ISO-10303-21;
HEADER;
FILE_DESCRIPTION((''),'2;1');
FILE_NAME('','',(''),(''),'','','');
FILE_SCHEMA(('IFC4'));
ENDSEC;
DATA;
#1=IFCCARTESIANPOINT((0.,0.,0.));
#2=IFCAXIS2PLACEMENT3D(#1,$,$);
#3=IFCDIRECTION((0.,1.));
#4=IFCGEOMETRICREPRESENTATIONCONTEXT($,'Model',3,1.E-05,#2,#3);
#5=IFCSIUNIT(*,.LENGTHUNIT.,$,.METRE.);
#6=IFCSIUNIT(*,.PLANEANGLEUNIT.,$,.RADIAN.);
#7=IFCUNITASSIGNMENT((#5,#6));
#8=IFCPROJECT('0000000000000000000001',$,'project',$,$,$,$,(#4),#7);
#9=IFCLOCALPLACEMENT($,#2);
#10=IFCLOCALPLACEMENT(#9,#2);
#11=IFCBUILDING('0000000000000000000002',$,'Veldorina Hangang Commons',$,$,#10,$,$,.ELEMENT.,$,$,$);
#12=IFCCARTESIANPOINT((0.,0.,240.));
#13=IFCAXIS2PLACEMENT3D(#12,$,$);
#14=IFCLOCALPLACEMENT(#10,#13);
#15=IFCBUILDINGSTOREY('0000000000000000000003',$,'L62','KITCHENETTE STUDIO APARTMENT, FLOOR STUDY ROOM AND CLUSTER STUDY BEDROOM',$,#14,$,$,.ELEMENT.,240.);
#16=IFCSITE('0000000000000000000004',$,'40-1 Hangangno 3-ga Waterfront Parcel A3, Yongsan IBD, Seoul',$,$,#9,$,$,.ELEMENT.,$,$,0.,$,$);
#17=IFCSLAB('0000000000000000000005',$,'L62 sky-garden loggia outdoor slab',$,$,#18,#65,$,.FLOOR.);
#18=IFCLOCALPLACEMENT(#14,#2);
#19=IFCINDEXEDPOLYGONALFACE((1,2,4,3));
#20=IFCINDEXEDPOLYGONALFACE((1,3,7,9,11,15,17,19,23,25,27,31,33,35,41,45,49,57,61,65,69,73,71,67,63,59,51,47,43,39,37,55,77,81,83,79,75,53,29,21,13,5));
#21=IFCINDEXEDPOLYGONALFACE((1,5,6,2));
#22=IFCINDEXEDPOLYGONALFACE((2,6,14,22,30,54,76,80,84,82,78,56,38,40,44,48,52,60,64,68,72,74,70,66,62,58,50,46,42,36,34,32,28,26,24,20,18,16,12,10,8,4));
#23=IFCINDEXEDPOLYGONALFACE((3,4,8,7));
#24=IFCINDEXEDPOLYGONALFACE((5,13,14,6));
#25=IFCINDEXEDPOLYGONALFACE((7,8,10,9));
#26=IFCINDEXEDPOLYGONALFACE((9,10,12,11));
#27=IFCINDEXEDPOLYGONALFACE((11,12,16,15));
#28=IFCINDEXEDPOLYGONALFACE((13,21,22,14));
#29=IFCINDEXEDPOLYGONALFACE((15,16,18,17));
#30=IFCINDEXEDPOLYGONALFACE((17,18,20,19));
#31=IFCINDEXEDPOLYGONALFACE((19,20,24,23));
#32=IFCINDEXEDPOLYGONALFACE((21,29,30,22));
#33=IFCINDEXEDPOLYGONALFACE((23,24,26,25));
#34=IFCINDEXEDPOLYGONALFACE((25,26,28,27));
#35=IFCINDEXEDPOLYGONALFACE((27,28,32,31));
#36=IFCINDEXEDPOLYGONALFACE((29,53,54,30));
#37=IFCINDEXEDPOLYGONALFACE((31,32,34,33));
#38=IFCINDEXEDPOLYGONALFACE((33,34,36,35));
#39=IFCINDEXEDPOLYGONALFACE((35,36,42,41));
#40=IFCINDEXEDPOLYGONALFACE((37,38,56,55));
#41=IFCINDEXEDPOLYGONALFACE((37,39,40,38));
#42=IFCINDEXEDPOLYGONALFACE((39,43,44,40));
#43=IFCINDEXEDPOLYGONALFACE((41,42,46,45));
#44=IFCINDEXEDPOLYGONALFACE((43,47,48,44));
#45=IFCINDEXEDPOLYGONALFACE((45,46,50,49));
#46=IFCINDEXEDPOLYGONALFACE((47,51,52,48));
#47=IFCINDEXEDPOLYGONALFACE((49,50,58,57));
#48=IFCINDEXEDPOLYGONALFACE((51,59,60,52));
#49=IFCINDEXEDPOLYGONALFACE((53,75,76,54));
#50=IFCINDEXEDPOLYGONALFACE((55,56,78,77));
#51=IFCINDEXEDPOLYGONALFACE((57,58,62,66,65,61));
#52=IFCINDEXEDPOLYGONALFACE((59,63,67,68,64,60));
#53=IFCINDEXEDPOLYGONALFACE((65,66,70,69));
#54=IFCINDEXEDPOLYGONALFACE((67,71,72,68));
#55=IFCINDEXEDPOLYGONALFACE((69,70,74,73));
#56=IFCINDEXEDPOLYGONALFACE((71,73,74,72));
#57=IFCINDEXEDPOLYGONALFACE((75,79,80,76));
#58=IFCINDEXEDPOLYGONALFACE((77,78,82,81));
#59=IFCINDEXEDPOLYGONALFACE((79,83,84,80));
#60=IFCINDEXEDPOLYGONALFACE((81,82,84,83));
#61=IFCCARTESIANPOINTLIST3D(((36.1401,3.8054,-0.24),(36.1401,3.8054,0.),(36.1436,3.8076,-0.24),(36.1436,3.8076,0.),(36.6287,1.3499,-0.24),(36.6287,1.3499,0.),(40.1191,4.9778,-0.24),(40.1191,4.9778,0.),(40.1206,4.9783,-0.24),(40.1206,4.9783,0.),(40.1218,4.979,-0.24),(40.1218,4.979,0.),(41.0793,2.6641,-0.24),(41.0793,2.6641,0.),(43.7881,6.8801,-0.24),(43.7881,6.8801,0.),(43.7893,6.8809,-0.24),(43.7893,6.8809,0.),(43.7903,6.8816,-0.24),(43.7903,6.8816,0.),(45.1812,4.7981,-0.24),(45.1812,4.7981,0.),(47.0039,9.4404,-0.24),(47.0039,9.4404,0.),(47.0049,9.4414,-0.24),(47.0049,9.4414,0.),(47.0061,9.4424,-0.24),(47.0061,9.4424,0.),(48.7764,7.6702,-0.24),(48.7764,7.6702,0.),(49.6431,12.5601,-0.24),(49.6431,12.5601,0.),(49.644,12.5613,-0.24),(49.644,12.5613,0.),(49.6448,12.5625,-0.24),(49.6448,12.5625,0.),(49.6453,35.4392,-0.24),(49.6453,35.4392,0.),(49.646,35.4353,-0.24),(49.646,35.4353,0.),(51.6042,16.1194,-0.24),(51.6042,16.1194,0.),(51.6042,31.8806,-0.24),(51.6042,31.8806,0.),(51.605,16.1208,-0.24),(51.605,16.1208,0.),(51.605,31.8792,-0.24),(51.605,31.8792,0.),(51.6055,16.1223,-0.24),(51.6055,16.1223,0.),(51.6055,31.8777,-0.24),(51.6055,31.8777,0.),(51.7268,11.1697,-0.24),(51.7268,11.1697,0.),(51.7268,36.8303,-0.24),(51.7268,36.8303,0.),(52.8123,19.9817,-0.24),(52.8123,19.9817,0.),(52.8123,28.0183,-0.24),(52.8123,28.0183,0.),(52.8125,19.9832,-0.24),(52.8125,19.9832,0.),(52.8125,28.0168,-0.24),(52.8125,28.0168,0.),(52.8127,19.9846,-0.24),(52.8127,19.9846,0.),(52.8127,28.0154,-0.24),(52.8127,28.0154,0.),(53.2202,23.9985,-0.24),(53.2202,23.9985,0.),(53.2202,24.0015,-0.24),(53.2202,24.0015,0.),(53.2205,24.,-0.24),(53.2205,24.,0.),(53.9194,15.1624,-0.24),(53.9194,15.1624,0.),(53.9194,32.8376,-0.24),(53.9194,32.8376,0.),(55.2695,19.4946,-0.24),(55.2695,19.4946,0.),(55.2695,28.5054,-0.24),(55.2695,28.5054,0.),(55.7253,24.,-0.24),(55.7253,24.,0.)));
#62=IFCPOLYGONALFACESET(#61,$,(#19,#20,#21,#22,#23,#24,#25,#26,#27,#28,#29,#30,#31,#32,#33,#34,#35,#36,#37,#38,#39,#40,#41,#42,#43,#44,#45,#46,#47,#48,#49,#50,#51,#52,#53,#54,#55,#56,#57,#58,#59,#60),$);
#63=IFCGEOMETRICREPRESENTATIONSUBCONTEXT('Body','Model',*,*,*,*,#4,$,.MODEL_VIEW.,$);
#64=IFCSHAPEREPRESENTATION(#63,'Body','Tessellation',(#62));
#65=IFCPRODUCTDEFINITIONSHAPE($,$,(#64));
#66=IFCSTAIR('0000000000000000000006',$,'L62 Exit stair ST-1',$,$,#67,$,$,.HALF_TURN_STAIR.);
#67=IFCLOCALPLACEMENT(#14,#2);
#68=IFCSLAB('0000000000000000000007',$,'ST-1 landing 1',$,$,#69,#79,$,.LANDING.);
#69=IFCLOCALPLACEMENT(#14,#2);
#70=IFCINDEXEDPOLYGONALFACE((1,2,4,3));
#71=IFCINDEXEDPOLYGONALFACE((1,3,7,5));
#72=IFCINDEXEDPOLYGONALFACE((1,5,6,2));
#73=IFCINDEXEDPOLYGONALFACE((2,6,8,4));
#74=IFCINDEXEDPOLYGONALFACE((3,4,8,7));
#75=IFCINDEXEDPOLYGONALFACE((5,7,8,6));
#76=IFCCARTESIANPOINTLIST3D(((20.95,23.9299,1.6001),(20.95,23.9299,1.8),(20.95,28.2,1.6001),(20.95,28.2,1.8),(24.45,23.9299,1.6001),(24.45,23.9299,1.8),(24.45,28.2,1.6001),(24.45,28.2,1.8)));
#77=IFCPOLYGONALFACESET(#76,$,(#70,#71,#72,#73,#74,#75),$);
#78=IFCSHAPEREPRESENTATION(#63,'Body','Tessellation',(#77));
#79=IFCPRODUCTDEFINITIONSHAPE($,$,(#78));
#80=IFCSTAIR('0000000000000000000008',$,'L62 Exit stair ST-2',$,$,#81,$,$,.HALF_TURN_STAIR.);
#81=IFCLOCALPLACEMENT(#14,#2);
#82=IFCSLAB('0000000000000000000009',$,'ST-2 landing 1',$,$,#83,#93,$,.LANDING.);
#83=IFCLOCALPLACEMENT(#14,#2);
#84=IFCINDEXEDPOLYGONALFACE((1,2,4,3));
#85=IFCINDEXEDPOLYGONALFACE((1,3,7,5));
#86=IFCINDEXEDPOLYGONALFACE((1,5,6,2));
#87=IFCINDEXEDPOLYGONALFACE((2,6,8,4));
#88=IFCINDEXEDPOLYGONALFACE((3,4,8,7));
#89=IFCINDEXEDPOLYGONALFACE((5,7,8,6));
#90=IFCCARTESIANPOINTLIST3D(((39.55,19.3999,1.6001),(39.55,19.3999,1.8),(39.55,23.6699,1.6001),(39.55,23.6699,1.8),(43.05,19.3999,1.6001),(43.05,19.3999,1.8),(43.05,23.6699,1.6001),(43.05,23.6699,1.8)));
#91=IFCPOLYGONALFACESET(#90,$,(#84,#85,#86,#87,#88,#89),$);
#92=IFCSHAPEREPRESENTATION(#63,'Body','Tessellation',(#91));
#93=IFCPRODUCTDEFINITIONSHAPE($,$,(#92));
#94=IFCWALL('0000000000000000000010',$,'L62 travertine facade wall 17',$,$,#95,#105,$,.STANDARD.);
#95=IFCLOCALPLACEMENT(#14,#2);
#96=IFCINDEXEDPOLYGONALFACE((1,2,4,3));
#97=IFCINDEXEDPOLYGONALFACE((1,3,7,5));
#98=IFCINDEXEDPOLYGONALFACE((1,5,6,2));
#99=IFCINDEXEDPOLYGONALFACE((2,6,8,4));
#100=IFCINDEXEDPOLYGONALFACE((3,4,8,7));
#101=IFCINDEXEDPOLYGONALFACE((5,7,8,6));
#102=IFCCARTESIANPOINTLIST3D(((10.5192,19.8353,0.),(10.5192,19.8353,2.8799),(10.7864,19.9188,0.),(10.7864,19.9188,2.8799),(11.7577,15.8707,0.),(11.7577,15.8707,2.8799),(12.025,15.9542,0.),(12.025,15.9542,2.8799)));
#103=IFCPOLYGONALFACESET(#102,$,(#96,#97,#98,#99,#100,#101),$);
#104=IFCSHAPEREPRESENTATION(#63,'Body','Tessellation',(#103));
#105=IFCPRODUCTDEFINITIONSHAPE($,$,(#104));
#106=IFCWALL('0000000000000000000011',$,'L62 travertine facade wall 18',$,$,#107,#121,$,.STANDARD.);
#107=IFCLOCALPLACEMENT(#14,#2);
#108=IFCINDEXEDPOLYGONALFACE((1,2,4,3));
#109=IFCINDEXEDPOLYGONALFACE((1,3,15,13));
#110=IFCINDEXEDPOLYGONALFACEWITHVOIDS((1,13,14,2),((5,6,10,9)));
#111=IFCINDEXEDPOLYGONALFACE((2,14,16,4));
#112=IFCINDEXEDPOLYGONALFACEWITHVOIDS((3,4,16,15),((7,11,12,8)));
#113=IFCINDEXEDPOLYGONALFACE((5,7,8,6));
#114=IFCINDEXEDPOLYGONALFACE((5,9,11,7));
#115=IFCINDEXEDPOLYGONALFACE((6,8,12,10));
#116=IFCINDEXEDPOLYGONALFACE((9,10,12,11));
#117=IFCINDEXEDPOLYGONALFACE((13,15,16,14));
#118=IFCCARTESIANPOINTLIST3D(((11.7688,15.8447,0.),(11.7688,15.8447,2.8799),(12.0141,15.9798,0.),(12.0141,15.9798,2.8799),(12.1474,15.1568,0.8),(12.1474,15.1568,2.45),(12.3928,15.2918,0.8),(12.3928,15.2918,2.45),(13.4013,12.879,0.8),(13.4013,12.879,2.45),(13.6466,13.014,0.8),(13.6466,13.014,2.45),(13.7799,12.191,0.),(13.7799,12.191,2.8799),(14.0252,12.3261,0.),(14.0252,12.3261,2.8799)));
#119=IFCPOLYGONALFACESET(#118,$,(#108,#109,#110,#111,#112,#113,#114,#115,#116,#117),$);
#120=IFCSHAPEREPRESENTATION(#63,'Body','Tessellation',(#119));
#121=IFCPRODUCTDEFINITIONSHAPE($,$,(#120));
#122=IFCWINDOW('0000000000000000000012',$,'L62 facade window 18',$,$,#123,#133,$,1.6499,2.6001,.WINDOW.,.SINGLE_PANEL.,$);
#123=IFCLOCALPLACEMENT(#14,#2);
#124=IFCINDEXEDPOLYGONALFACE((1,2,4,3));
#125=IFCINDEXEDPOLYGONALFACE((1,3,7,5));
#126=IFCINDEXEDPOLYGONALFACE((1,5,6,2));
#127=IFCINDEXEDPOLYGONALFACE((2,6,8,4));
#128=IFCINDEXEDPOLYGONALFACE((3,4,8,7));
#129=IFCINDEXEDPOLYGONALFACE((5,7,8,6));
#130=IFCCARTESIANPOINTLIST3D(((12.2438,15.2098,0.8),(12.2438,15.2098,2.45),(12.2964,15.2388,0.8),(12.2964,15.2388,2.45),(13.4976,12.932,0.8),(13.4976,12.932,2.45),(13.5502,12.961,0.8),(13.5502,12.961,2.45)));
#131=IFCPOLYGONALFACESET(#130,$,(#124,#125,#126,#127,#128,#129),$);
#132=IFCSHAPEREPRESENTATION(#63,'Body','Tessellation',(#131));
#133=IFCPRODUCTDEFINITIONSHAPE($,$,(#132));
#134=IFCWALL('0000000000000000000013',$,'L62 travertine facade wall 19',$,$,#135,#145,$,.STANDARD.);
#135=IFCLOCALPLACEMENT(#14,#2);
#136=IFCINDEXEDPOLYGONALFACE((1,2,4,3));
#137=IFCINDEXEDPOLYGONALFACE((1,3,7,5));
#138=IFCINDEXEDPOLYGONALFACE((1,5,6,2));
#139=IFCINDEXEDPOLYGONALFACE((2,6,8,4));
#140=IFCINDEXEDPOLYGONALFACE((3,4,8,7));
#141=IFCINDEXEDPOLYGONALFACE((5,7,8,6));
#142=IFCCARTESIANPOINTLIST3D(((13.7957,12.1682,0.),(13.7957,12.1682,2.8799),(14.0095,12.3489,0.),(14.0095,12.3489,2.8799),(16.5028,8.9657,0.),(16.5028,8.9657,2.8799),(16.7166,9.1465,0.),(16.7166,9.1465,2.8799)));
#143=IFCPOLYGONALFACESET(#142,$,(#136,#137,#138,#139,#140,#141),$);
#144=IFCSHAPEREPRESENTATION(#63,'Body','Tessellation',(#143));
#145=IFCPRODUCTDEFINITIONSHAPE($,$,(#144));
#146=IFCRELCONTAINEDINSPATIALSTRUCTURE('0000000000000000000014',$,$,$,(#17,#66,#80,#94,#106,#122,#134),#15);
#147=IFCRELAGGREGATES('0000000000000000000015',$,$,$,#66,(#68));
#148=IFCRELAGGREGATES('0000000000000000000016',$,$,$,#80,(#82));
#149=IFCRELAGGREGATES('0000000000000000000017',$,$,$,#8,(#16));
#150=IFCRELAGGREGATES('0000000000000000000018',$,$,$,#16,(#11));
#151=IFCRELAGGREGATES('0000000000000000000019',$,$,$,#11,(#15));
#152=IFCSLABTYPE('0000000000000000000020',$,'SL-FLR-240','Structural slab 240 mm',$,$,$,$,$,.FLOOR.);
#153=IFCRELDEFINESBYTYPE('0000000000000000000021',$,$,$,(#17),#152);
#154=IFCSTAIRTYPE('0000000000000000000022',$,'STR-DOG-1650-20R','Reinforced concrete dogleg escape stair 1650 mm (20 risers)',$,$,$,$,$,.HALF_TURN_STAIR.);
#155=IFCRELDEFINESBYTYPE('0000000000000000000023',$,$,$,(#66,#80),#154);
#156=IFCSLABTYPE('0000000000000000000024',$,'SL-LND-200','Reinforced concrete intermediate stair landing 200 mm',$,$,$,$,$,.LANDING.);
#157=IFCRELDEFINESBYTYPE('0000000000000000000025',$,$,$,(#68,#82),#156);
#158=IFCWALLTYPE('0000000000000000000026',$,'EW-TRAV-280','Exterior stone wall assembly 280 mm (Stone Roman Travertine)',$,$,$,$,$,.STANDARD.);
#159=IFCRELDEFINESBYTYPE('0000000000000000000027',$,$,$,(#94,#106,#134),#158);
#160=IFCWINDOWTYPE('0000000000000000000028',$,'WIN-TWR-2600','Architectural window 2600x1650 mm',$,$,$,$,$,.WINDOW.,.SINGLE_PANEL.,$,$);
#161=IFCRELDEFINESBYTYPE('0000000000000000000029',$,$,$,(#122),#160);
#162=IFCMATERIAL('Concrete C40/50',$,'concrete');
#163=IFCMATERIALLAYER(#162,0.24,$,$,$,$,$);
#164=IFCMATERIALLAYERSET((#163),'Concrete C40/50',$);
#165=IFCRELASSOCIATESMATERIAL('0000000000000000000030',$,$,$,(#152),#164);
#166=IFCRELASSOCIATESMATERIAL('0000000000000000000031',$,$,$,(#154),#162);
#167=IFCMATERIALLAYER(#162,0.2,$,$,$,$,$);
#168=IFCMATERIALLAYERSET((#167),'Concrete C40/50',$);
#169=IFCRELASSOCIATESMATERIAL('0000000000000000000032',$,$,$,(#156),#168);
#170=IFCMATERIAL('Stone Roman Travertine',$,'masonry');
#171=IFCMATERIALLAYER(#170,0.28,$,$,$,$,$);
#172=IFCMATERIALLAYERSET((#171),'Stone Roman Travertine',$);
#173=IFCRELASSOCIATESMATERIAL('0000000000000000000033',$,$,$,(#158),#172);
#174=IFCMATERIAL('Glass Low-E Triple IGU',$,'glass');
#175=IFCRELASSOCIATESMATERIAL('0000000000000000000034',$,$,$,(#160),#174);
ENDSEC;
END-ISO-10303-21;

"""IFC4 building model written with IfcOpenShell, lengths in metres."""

from ifc_helpers import new_model, si_unit, direction, frame, frame_2d, origin, place, context, subcontext, project, spatial, polyline, rectangle, outline, extrude, material, layer, layer_set, type_object, element, fill, aggregate, save


model = new_model("IFC4")

# Units and contexts
model_context = context("Model", 3, precision=1e-05, world=origin(), true_north=direction((0.0, 1.0)))
body_context = subcontext(model_context, "Body", "Model", "MODEL_VIEW")
ifc_project = project(units=[si_unit("LENGTHUNIT", "METRE"), si_unit("PLANEANGLEUNIT", "RADIAN")], contexts=[model_context])

# Site, building, storey
site_placement = place(None, origin())
site = spatial("IfcSite", under=ifc_project, at=site_placement, Name="40-1 Hangangno 3-ga Waterfront Parcel A3, Yongsan IBD, Seoul", CompositionType="ELEMENT", RefElevation=0.0)
building_placement = place(site_placement, origin())
building = spatial("IfcBuilding", under=site, at=building_placement, Name="Veldorina Hangang Commons", CompositionType="ELEMENT")
storey_placement = place(building_placement, frame((0.0, 0.0, 240.0)))
storey = spatial("IfcBuildingStorey", under=building, at=storey_placement, Name="L62", Description="KITCHENETTE STUDIO APARTMENT, FLOOR STUDY ROOM AND CLUSTER STUDY BEDROOM", CompositionType="ELEMENT", Elevation=240.0)

# Slab
ifc_material_1 = material(Name="Concrete C40/50", Category="concrete")
ifc_layer_1 = layer(ifc_material_1, 0.24)
ifc_layer_set_1 = layer_set([ifc_layer_1], Name="Concrete C40/50")
slab_type_1 = type_object("IfcSlabType", Name="SL-FLR-240", Description="Structural slab 240 mm", PredefinedType="FLOOR", material=ifc_layer_set_1)
slab_1_placement = place(storey_placement, frame((0.0, 0.0, -0.24)))
element("IfcSlab", 1, at=slab_1_placement, inside=storey, type_object=slab_type_1, Name="L62 sky-garden loggia outdoor slab", PredefinedType="FLOOR", context=body_context, shape_type="SweptSolid", body=[
    extrude(outline(polyline([(51.7268, 36.8303), (53.9194, 32.8376), (55.2695, 28.5054), (55.7253, 24.0), (55.2695, 19.4946), (53.9194, 15.1624), (51.7268, 11.1697), (48.7764, 7.6702), (45.1812, 4.7981), (41.0793, 2.6641), (36.6287, 1.3499), (36.1401, 3.8054), (36.1436, 3.8076), (40.1191, 4.9778), (40.1206, 4.9783), (40.1218, 4.979), (43.7881, 6.8801), (43.7893, 6.8809), (43.7903, 6.8816), (47.0039, 9.4404), (47.0049, 9.4414), (47.0061, 9.4424), (49.6431, 12.5601), (49.644, 12.5613), (49.6448, 12.5625), (51.6042, 16.1194), (51.605, 16.1208), (51.6055, 16.1223), (52.8123, 19.9817), (52.8125, 19.9832), (52.8127, 19.9846), (53.2202, 23.9985), (53.2205, 24.0), (53.2202, 24.0015), (52.8127, 28.0154), (52.8125, 28.0168), (52.8123, 28.0183), (51.6055, 31.8777), (51.605, 31.8792), (51.6042, 31.8806), (49.646, 35.4353), (49.6453, 35.4392), (51.7268, 36.8303)])), origin(), (0.0, 0.0, 1.0), 0.24),
])

# Stairs, slabs
stair_type = type_object("IfcStairType", Name="STR-DOG-1650-20R", Description="Reinforced concrete dogleg escape stair 1650 mm (20 risers)", PredefinedType="HALF_TURN_STAIR", material=ifc_material_1)
stair_1_placement = place(storey_placement, origin())
stair_1 = element("IfcStair", 2, at=stair_1_placement, inside=storey, type_object=stair_type, Name="L62 Exit stair ST-1", PredefinedType="HALF_TURN_STAIR")
ifc_layer_2 = layer(ifc_material_1, 0.2)
ifc_layer_set_2 = layer_set([ifc_layer_2], Name="Concrete C40/50")
slab_type_2 = type_object("IfcSlabType", Name="SL-LND-200", Description="Reinforced concrete intermediate stair landing 200 mm", PredefinedType="LANDING", material=ifc_layer_set_2)
slab_2_placement = place(storey_placement, frame((0.0, 0.0, 1.6001)))
slab_2 = element("IfcSlab", 3, at=slab_2_placement, type_object=slab_type_2, Name="ST-1 landing 1", PredefinedType="LANDING", context=body_context, shape_type="SweptSolid", body=[
    extrude(outline(polyline([(24.45, 23.9299), (24.45, 28.2), (20.95, 28.2), (20.95, 23.9299), (24.45, 23.9299)])), origin(), (0.0, 0.0, 1.0), 0.2),
])
aggregate(stair_1, [slab_2])
stair_2_placement = place(storey_placement, origin())
stair_2 = element("IfcStair", 4, at=stair_2_placement, inside=storey, type_object=stair_type, Name="L62 Exit stair ST-2", PredefinedType="HALF_TURN_STAIR")
slab_3_placement = place(storey_placement, frame((0.0, 0.0, 1.6001)))
slab_3 = element("IfcSlab", 5, at=slab_3_placement, type_object=slab_type_2, Name="ST-2 landing 1", PredefinedType="LANDING", context=body_context, shape_type="SweptSolid", body=[
    extrude(outline(polyline([(39.55, 23.6699), (39.55, 19.3999), (43.05, 19.3999), (43.05, 23.6699), (39.55, 23.6699)])), origin(), (0.0, 0.0, 1.0), 0.2),
])
aggregate(stair_2, [slab_3])

# Wall
ifc_material_2 = material(Name="Stone Roman Travertine", Category="masonry")
ifc_layer_3 = layer(ifc_material_2, 0.28)
ifc_layer_set_3 = layer_set([ifc_layer_3], Name="Stone Roman Travertine")
wall_type = type_object("IfcWallType", Name="EW-TRAV-280", Description="Exterior stone wall assembly 280 mm (Stone Roman Travertine)", PredefinedType="STANDARD", material=ifc_layer_set_3)
wall_1_placement = place(storey_placement, frame((10.6528, 19.877, 0.0), z_axis=(0.0, 0.0, 1.0), x_axis=(0.298185, -0.954508, 0.0)))
element("IfcWall", 6, at=wall_1_placement, inside=storey, type_object=wall_type, Name="L62 travertine facade wall 17", PredefinedType="STANDARD", context=body_context, shape_type="SweptSolid", body=[
    extrude(rectangle(XDim=4.1536, YDim=0.28, at=frame_2d((2.0767, 0.0))), origin(), (0.0, 0.0, 1.0), 2.8799),
])

# Wall, opening, window
wall_2_placement = place(storey_placement, frame((11.8914, 15.9124, 0.0), z_axis=(0.0, 0.0, 1.0), x_axis=(0.48222, -0.87605, 0.0)))
wall_2 = element("IfcWall", 7, at=wall_2_placement, inside=storey, type_object=wall_type, Name="L62 travertine facade wall 18", PredefinedType="STANDARD", context=body_context, shape_type="SweptSolid", body=[
    extrude(rectangle(XDim=4.1707, YDim=0.28, at=frame_2d((2.0854, 0.0))), origin(), (0.0, 0.0, 1.0), 2.8799),
])
opening_placement = place(wall_2_placement, frame((0.7854, 0.0, 0.8)))
opening = element("IfcOpeningElement", 8, at=opening_placement, cuts=wall_2, PredefinedType="OPENING", context=body_context, shape_type="SweptSolid", body=[
    extrude(rectangle(XDim=2.6001, YDim=1.6499, at=frame_2d((1.3, 0.825))), frame((0.0, 0.1499, 0.0), z_axis=(0.0, -1.0, 0.0), x_axis=(1.0, 0.0, 0.0)), (0.0, 0.0, 1.0), 0.3),
])
ifc_material_3 = material(Name="Glass Low-E Triple IGU", Category="glass")
window_type = type_object("IfcWindowType", Name="WIN-TWR-2600", Description="Architectural window 2600x1650 mm", PartitioningType="SINGLE_PANEL", PredefinedType="WINDOW", material=ifc_material_3)
window_placement = place(opening_placement, origin())
window = element("IfcWindow", 9, at=window_placement, inside=storey, type_object=window_type, Name="L62 facade window 18", OverallHeight=1.6499, OverallWidth=2.6001, PartitioningType="SINGLE_PANEL", PredefinedType="WINDOW", context=body_context, shape_type="SweptSolid", body=[
    extrude(rectangle(XDim=2.6001, YDim=1.6499, at=frame_2d((1.3, 0.825))), frame((0.0, 0.03, 0.0), z_axis=(0.0, -1.0, 0.0), x_axis=(1.0, 0.0, 0.0)), (0.0, 0.0, 1.0), 0.0601),
])
fill(opening, window)

# Wall
wall_3_placement = place(storey_placement, frame((13.9026, 12.2585, 0.0), z_axis=(0.0, 0.0, 1.0), x_axis=(0.645569, -0.763702, 0.0)))
element("IfcWall", 10, at=wall_3_placement, inside=storey, type_object=wall_type, Name="L62 travertine facade wall 19", PredefinedType="STANDARD", context=body_context, shape_type="SweptSolid", body=[
    extrude(rectangle(XDim=4.1934, YDim=0.28, at=frame_2d((2.0967, 0.0))), origin(), (0.0, 0.0, 1.0), 2.8799),
])

save(model, "model.ifc")
